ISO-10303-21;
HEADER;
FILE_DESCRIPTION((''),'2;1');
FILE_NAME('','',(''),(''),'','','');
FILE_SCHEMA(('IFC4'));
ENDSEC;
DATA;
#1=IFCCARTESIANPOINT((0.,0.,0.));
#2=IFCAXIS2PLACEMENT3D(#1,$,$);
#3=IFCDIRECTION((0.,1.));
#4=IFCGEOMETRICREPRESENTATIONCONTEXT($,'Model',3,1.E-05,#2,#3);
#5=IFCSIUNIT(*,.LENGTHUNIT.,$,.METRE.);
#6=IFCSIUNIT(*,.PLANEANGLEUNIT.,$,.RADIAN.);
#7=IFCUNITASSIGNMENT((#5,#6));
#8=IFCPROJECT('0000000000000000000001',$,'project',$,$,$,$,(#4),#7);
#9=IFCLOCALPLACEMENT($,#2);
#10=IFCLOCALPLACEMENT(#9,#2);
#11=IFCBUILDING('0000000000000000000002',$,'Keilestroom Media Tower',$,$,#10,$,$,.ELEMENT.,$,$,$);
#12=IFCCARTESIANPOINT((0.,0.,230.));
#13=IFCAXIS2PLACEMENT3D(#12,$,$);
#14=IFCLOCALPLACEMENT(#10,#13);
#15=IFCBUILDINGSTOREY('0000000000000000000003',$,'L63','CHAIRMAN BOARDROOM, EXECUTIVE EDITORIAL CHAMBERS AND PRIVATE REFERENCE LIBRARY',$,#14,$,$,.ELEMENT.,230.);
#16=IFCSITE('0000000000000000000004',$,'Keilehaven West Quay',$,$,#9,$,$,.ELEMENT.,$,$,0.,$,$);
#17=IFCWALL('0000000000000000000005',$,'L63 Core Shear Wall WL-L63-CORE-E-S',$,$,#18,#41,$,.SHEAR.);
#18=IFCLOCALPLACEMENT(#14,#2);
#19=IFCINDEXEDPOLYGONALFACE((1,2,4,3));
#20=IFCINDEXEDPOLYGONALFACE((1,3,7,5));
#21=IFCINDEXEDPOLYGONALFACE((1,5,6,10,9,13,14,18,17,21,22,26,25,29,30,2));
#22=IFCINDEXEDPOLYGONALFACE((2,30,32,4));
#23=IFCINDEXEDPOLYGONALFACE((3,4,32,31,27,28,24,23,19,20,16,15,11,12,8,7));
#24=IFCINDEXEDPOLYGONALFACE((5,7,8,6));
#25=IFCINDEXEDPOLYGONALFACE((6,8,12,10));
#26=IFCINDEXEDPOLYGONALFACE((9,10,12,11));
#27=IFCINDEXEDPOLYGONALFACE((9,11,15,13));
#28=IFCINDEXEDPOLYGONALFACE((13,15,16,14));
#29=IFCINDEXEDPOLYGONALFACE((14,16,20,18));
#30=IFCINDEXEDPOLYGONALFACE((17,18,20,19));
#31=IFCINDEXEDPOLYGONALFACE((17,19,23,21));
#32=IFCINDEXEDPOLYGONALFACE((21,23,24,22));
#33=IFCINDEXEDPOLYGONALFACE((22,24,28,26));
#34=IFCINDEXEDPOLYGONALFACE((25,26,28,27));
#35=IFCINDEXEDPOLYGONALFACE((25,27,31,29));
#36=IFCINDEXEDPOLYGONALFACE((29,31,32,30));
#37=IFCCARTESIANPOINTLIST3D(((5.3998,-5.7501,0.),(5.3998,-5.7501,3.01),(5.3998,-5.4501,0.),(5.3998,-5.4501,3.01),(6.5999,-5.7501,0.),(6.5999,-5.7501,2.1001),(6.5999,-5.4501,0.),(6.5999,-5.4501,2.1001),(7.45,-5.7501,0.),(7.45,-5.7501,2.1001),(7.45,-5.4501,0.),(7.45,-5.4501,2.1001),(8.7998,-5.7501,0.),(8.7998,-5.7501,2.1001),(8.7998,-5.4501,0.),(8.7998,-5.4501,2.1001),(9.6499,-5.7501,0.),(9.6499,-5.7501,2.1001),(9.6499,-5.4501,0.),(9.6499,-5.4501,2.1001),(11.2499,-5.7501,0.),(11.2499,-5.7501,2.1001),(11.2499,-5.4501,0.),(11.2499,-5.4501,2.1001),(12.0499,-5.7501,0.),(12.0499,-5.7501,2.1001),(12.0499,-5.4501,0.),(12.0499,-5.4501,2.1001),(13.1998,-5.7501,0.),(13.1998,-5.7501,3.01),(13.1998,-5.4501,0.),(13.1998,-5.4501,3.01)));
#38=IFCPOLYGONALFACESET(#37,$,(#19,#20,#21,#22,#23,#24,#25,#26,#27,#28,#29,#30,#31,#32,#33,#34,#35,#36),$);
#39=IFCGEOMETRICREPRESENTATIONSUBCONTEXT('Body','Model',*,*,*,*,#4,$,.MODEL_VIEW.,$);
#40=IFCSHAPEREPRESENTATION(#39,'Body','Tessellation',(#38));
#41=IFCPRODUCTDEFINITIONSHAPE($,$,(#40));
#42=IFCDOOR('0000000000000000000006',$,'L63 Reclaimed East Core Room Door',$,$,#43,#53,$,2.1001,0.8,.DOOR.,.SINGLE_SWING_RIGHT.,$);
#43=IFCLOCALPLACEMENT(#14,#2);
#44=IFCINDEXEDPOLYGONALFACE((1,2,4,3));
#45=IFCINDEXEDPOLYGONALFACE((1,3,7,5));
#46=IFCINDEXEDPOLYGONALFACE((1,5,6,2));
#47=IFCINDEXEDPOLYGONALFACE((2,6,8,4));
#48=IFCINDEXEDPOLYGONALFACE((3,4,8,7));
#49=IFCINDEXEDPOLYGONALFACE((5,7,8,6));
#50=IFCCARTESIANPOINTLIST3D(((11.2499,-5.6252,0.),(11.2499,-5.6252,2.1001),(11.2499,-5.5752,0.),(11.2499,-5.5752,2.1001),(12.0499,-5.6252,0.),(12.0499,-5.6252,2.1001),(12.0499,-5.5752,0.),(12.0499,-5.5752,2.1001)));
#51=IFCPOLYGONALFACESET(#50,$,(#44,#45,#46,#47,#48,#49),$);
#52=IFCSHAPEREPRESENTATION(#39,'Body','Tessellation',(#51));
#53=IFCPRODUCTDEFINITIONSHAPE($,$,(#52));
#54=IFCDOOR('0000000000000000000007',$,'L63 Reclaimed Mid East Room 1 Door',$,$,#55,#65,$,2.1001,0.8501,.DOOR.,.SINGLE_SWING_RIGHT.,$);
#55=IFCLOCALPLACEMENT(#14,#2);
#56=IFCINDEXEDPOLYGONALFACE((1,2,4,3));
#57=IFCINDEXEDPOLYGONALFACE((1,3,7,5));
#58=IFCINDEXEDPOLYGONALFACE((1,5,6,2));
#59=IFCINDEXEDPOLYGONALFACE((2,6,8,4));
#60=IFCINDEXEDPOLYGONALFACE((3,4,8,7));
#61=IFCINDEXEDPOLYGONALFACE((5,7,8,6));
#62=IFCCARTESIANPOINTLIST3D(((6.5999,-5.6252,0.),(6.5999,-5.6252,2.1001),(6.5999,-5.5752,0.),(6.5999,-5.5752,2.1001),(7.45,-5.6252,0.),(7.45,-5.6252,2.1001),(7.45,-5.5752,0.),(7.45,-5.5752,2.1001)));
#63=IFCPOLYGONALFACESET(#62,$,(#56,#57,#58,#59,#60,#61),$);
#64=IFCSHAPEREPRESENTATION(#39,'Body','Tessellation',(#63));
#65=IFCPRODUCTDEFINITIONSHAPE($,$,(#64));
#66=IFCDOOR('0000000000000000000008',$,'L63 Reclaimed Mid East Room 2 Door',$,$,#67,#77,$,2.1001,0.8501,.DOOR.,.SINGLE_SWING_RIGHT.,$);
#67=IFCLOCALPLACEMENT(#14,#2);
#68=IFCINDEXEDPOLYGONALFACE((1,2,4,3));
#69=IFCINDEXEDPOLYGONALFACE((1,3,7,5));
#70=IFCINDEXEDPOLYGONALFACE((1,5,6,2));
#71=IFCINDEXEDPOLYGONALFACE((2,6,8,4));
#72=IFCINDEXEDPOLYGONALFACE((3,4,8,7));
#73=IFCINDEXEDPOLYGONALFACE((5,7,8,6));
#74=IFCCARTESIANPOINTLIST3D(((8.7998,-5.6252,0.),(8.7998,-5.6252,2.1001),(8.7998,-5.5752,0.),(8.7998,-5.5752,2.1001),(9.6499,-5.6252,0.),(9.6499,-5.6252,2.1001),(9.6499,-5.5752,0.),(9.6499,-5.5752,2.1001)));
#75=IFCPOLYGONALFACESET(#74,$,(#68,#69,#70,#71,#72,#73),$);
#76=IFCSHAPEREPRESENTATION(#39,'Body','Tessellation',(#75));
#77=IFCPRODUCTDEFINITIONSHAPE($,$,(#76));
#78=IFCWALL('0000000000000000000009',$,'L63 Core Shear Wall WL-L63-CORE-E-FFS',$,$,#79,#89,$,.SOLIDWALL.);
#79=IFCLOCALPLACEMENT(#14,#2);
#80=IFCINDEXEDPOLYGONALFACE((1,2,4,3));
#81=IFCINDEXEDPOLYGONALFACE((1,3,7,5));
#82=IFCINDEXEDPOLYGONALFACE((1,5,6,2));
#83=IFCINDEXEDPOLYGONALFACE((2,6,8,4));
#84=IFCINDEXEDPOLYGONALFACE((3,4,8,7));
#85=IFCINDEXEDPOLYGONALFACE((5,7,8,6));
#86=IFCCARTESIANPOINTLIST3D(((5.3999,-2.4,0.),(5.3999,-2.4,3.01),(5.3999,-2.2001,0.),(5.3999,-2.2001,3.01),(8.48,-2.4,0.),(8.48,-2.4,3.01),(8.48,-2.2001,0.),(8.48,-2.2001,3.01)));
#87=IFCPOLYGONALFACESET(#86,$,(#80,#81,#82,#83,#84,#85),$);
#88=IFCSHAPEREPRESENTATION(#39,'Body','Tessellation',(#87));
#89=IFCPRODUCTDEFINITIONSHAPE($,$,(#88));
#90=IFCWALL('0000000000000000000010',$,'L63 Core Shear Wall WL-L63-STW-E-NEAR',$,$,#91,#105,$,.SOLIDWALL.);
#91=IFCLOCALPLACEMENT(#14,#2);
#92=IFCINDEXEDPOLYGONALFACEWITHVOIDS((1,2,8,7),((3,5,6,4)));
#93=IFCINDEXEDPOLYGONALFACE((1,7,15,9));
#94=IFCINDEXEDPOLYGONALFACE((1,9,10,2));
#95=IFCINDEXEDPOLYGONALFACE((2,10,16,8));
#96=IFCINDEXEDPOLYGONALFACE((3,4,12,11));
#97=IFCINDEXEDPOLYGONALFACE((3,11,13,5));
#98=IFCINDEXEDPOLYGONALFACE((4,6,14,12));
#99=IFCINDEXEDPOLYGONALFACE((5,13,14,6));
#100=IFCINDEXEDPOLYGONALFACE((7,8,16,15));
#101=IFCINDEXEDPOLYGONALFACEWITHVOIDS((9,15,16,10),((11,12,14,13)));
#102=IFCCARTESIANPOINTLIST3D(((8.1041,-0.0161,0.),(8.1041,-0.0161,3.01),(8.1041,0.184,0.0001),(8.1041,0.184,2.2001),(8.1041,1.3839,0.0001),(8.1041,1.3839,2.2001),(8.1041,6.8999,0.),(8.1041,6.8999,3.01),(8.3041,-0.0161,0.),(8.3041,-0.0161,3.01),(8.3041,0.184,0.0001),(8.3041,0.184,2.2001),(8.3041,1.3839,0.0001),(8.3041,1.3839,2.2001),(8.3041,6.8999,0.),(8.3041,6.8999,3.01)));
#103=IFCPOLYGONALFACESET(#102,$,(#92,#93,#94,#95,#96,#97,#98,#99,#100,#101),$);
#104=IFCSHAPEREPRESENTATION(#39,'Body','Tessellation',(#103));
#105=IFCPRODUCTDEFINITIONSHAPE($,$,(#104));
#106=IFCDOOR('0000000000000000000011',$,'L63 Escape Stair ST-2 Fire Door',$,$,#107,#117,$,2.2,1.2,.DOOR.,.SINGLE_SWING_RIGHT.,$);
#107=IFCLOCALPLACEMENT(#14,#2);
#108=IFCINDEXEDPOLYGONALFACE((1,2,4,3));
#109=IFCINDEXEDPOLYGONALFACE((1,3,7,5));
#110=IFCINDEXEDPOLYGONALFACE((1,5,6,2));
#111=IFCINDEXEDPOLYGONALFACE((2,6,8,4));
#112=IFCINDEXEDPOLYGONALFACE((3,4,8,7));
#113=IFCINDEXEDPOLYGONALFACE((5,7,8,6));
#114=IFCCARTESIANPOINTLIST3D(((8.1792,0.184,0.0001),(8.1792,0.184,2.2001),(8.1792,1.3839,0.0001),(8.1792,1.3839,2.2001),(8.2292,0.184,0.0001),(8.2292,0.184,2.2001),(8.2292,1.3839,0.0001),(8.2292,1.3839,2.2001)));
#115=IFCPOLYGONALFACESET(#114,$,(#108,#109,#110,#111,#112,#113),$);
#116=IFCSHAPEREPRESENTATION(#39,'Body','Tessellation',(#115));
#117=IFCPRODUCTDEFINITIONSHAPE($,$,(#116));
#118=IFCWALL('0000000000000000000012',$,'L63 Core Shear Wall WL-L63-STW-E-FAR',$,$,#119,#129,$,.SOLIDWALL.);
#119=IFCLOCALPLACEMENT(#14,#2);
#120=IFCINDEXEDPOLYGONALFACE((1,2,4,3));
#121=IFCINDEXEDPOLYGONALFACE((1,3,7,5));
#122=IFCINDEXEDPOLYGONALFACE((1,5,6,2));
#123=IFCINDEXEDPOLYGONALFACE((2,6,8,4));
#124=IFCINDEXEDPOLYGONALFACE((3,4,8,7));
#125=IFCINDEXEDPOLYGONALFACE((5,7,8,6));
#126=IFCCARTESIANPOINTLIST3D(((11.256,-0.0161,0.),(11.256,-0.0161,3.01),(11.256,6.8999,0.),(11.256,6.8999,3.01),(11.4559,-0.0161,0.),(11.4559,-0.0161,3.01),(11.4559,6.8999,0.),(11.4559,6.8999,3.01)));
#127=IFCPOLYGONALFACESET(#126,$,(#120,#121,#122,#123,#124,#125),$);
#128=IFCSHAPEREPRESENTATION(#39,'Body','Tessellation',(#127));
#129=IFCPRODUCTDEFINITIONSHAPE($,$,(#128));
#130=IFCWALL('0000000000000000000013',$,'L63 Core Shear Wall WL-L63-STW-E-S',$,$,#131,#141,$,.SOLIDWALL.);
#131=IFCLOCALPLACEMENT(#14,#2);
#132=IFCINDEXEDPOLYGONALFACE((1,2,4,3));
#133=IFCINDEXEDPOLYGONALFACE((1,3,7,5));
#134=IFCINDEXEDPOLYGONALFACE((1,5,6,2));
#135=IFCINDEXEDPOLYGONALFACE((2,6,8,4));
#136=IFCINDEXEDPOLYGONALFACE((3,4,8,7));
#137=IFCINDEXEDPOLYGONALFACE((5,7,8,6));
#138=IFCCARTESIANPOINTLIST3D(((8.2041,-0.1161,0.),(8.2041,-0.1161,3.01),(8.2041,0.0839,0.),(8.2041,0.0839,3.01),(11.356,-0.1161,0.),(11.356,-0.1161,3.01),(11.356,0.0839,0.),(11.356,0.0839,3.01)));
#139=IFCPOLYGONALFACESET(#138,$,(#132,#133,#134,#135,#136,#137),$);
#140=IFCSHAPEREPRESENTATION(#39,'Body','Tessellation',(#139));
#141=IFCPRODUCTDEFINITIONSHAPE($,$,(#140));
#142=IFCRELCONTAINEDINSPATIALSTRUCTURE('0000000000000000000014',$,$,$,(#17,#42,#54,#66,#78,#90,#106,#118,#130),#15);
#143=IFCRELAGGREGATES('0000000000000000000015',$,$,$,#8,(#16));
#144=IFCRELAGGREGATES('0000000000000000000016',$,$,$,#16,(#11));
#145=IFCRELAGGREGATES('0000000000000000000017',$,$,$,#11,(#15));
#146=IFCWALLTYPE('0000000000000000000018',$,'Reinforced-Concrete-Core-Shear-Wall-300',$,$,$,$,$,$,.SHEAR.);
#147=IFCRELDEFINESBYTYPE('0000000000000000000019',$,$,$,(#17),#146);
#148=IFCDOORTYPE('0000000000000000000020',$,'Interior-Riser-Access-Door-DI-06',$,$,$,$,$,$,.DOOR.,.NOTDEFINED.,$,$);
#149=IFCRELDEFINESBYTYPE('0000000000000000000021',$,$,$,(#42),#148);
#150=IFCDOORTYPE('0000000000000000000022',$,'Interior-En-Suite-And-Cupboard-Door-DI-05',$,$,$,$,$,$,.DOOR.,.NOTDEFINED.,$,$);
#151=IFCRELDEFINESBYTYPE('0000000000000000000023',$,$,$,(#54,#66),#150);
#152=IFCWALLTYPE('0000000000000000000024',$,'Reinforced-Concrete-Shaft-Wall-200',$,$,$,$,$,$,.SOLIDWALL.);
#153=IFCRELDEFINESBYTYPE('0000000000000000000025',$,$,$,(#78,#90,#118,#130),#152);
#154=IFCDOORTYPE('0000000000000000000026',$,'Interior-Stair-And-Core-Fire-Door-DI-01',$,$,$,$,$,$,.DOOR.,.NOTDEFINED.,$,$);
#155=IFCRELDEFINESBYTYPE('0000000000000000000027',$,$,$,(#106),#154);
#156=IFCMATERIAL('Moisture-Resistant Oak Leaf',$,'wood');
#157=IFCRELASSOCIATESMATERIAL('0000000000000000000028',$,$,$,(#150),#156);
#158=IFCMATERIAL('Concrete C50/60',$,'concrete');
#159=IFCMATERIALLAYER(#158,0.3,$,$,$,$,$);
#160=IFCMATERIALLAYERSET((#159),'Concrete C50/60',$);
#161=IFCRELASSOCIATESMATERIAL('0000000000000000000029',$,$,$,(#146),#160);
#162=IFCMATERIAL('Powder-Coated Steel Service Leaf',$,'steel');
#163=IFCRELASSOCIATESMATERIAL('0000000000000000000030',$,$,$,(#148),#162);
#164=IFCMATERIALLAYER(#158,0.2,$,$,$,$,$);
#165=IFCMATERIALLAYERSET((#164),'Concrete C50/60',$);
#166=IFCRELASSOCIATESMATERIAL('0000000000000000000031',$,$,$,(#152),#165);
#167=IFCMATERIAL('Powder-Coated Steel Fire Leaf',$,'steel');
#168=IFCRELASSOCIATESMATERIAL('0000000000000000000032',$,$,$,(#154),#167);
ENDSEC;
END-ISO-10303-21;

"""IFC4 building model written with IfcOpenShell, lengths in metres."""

from ifc_helpers import new_model, si_unit, direction, frame, frame_2d, origin, place, context, subcontext, project, spatial, rectangle, extrude, source, transform, mapped, material, layer, layer_set, type_object, element, fill, save


model = new_model("IFC4")

# Units and contexts
model_context = context("Model", 3, precision=1e-05, world=origin(), true_north=direction((0.0, 1.0)))
body_context = subcontext(model_context, "Body", "Model", "MODEL_VIEW")
ifc_project = project(units=[si_unit("LENGTHUNIT", "METRE"), si_unit("PLANEANGLEUNIT", "RADIAN")], contexts=[model_context])

# Site, building, storey
site_placement = place(None, origin())
site = spatial("IfcSite", under=ifc_project, at=site_placement, Name="Keilehaven West Quay", CompositionType="ELEMENT", RefElevation=0.0)
building_placement = place(site_placement, origin())
building = spatial("IfcBuilding", under=site, at=building_placement, Name="Keilestroom Media Tower", CompositionType="ELEMENT")
storey_placement = place(building_placement, frame((0.0, 0.0, 230.0)))
storey = spatial("IfcBuildingStorey", under=building, at=storey_placement, Name="L63", Description="CHAIRMAN BOARDROOM, EXECUTIVE EDITORIAL CHAMBERS AND PRIVATE REFERENCE LIBRARY", CompositionType="ELEMENT", Elevation=230.0)

# Shared definitions
ifc_material_1 = material(Name="Concrete C50/60", Category="concrete")

# Shared definitions
ifc_material_2 = material(Name="Moisture-Resistant Oak Leaf", Category="wood")
door_type_1 = type_object("IfcDoorType", Name="Interior-En-Suite-And-Cupboard-Door-DI-05", OperationType="NOTDEFINED", PredefinedType="DOOR", material=ifc_material_2)
shared_shape_1 = source(origin(), body_context, "Body", "SweptSolid", [
    extrude(rectangle(XDim=0.8501, YDim=2.1001, at=frame_2d((0.425, 1.05))), frame((0.0, 0.0249, 0.0), z_axis=(0.0, -1.0, 0.0), x_axis=(1.0, 0.0, 0.0)), (0.0, 0.0, 1.0), 0.05),
])

# Shared definitions
ifc_layer_1 = layer(ifc_material_1, 0.3)
ifc_layer_set_1 = layer_set([ifc_layer_1], Name="Concrete C50/60")
wall_type_1 = type_object("IfcWallType", Name="Reinforced-Concrete-Core-Shear-Wall-300", PredefinedType="SHEAR", material=ifc_layer_set_1)

# Wall, openings, doors
ifc_material_3 = material(Name="Powder-Coated Steel Fire Leaf", Category="steel")
shared_shape_2 = source(origin(), body_context, "Body", "SweptSolid", [
    extrude(rectangle(XDim=1.2, YDim=2.2, at=frame_2d((0.6001, 1.1001))), frame((0.0, 0.0249, 0.0), z_axis=(0.0, -1.0, 0.0), x_axis=(1.0, 0.0, 0.0)), (0.0, 0.0, 1.0), 0.05),
])
ifc_material_4 = material(Name="Powder-Coated Steel Service Leaf", Category="steel")
door_type_2 = type_object("IfcDoorType", Name="Interior-Riser-Access-Door-DI-06", OperationType="NOTDEFINED", PredefinedType="DOOR", material=ifc_material_4)
shared_shape_3 = source(origin(), body_context, "Body", "SweptSolid", [
    extrude(rectangle(XDim=0.8, YDim=2.1001, at=frame_2d((0.3999, 1.05))), frame((0.0, 0.0249, 0.0), z_axis=(0.0, -1.0, 0.0), x_axis=(1.0, 0.0, 0.0)), (0.0, 0.0, 1.0), 0.05),
])
wall_1_placement = place(storey_placement, frame((5.3999, -5.6001, 0.0), z_axis=(0.0, 0.0, 1.0), x_axis=(1.0, 0.0, 0.0)))
wall_1 = element("IfcWall", 1, at=wall_1_placement, inside=storey, type_object=wall_type_1, Name="L63 Core Shear Wall WL-L63-CORE-E-S", PredefinedType="SHEAR", context=body_context, shape_type="SweptSolid", body=[
    extrude(rectangle(XDim=7.8, YDim=0.3, at=frame_2d((3.8999, 0.0))), origin(), (0.0, 0.0, 1.0), 3.01),
])
opening_1_placement = place(wall_1_placement, frame((5.8501, 0.0, 0.0)))
opening_1 = element("IfcOpeningElement", 2, at=opening_1_placement, cuts=wall_1, PredefinedType="OPENING", context=body_context, shape_type="SweptSolid", body=[
    extrude(rectangle(XDim=0.8, YDim=2.1001, at=frame_2d((0.3999, 1.05))), frame((0.0, 0.1602, 0.0), z_axis=(0.0, -1.0, 0.0), x_axis=(1.0, 0.0, 0.0)), (0.0, 0.0, 1.0), 0.3201),
])
opening_2_placement = place(wall_1_placement, frame((1.2, 0.0, 0.0)))
opening_2 = element("IfcOpeningElement", 3, at=opening_2_placement, cuts=wall_1, PredefinedType="OPENING", context=body_context, shape_type="SweptSolid", body=[
    extrude(rectangle(XDim=0.8501, YDim=2.1001, at=frame_2d((0.425, 1.05))), frame((0.0, 0.1602, 0.0), z_axis=(0.0, -1.0, 0.0), x_axis=(1.0, 0.0, 0.0)), (0.0, 0.0, 1.0), 0.3201),
])
opening_3_placement = place(wall_1_placement, frame((3.3999, 0.0, 0.0)))
opening_3 = element("IfcOpeningElement", 4, at=opening_3_placement, cuts=wall_1, PredefinedType="OPENING", context=body_context, shape_type="SweptSolid", body=[
    extrude(rectangle(XDim=0.8501, YDim=2.1001, at=frame_2d((0.425, 1.05))), frame((0.0, 0.1602, 0.0), z_axis=(0.0, -1.0, 0.0), x_axis=(1.0, 0.0, 0.0)), (0.0, 0.0, 1.0), 0.3201),
])
door_1_placement = place(opening_1_placement, origin())
door_1 = element("IfcDoor", 5, at=door_1_placement, inside=storey, type_object=door_type_2, Name="L63 Reclaimed East Core Room Door", OperationType="SINGLE_SWING_RIGHT", OverallHeight=2.1001, OverallWidth=0.8, PredefinedType="DOOR", context=body_context, shape_type="MappedRepresentation", body=[
    mapped(shared_shape_3, transform((0.0, 0.0, 0.0), x_axis=(1.0, 0.0, 0.0), y_axis=(0.0, 1.0, 0.0), z_axis=(0.0, 0.0, 1.0), scale=1.0)),
])
fill(opening_1, door_1)
door_2_placement = place(opening_2_placement, origin())
door_2 = element("IfcDoor", 6, at=door_2_placement, inside=storey, type_object=door_type_1, Name="L63 Reclaimed Mid East Room 1 Door", OperationType="SINGLE_SWING_RIGHT", OverallHeight=2.1001, OverallWidth=0.8501, PredefinedType="DOOR", context=body_context, shape_type="MappedRepresentation", body=[
    mapped(shared_shape_1, transform((0.0, 0.0, 0.0), x_axis=(1.0, 0.0, 0.0), y_axis=(0.0, 1.0, 0.0), z_axis=(0.0, 0.0, 1.0), scale=1.0)),
])
fill(opening_2, door_2)
door_3_placement = place(opening_3_placement, origin())
door_3 = element("IfcDoor", 7, at=door_3_placement, inside=storey, type_object=door_type_1, Name="L63 Reclaimed Mid East Room 2 Door", OperationType="SINGLE_SWING_RIGHT", OverallHeight=2.1001, OverallWidth=0.8501, PredefinedType="DOOR", context=body_context, shape_type="MappedRepresentation", body=[
    mapped(shared_shape_1, transform((0.0, 0.0, 0.0), x_axis=(1.0, 0.0, 0.0), y_axis=(0.0, 1.0, 0.0), z_axis=(0.0, 0.0, 1.0), scale=1.0)),
])
fill(opening_3, door_3)

# Wall
ifc_layer_2 = layer(ifc_material_1, 0.2)
ifc_layer_set_2 = layer_set([ifc_layer_2], Name="Concrete C50/60")
wall_type_2 = type_object("IfcWallType", Name="Reinforced-Concrete-Shaft-Wall-200", PredefinedType="SOLIDWALL", material=ifc_layer_set_2)
wall_2_placement = place(storey_placement, frame((5.3999, -2.3, 0.0), z_axis=(0.0, 0.0, 1.0), x_axis=(1.0, 0.0, 0.0)))
element("IfcWall", 8, at=wall_2_placement, inside=storey, type_object=wall_type_2, Name="L63 Core Shear Wall WL-L63-CORE-E-FFS", PredefinedType="SOLIDWALL", context=body_context, shape_type="SweptSolid", body=[
    extrude(rectangle(XDim=3.0801, YDim=0.2, at=frame_2d((1.54, 0.0))), origin(), (0.0, 0.0, 1.0), 3.01),
])

# Wall, opening, door
wall_3_placement = place(storey_placement, frame((8.2041, -0.0161, 0.0), z_axis=(0.0, 0.0, 1.0), x_axis=(0.0, 1.0, 0.0)))
wall_3 = element("IfcWall", 9, at=wall_3_placement, inside=storey, type_object=wall_type_2, Name="L63 Core Shear Wall WL-L63-STW-E-NEAR", PredefinedType="SOLIDWALL", context=body_context, shape_type="SweptSolid", body=[
    extrude(rectangle(XDim=6.916, YDim=0.2, at=frame_2d((3.458, 0.0))), origin(), (0.0, 0.0, 1.0), 3.01),
])
opening_4_placement = place(wall_3_placement, frame((0.2, 0.0, 0.0)))
opening_4 = element("IfcOpeningElement", 10, at=opening_4_placement, cuts=wall_3, PredefinedType="OPENING", context=body_context, shape_type="SweptSolid", body=[
    extrude(rectangle(XDim=1.2, YDim=2.2, at=frame_2d((0.6001, 1.1001))), frame((0.0, 0.1099, 0.0), z_axis=(0.0, -1.0, 0.0), x_axis=(1.0, 0.0, 0.0)), (0.0, 0.0, 1.0), 0.22),
])
door_type_3 = type_object("IfcDoorType", Name="Interior-Stair-And-Core-Fire-Door-DI-01", OperationType="NOTDEFINED", PredefinedType="DOOR", material=ifc_material_3)
door_4_placement = place(opening_4_placement, origin())
door_4 = element("IfcDoor", 11, at=door_4_placement, inside=storey, type_object=door_type_3, Name="L63 Escape Stair ST-2 Fire Door", OperationType="SINGLE_SWING_RIGHT", OverallHeight=2.2, OverallWidth=1.2, PredefinedType="DOOR", context=body_context, shape_type="MappedRepresentation", body=[
    mapped(shared_shape_2, transform((0.0, 0.0, 0.0), x_axis=(1.0, 0.0, 0.0), y_axis=(0.0, 1.0, 0.0), z_axis=(0.0, 0.0, 1.0), scale=1.0)),
])
fill(opening_4, door_4)

# Walls
wall_4_placement = place(storey_placement, frame((11.356, -0.0161, 0.0), z_axis=(0.0, 0.0, 1.0), x_axis=(0.0, 1.0, 0.0)))
element("IfcWall", 12, at=wall_4_placement, inside=storey, type_object=wall_type_2, Name="L63 Core Shear Wall WL-L63-STW-E-FAR", PredefinedType="SOLIDWALL", context=body_context, shape_type="SweptSolid", body=[
    extrude(rectangle(XDim=6.916, YDim=0.2, at=frame_2d((3.458, 0.0))), origin(), (0.0, 0.0, 1.0), 3.01),
])
wall_5_placement = place(storey_placement, frame((8.2041, -0.0161, 0.0), z_axis=(0.0, 0.0, 1.0), x_axis=(1.0, 0.0, 0.0)))
element("IfcWall", 13, at=wall_5_placement, inside=storey, type_object=wall_type_2, Name="L63 Core Shear Wall WL-L63-STW-E-S", PredefinedType="SOLIDWALL", context=body_context, shape_type="SweptSolid", body=[
    extrude(rectangle(XDim=3.1519, YDim=0.2, at=frame_2d((1.5759, 0.0))), origin(), (0.0, 0.0, 1.0), 3.01),
])

save(model, "model.ifc")
